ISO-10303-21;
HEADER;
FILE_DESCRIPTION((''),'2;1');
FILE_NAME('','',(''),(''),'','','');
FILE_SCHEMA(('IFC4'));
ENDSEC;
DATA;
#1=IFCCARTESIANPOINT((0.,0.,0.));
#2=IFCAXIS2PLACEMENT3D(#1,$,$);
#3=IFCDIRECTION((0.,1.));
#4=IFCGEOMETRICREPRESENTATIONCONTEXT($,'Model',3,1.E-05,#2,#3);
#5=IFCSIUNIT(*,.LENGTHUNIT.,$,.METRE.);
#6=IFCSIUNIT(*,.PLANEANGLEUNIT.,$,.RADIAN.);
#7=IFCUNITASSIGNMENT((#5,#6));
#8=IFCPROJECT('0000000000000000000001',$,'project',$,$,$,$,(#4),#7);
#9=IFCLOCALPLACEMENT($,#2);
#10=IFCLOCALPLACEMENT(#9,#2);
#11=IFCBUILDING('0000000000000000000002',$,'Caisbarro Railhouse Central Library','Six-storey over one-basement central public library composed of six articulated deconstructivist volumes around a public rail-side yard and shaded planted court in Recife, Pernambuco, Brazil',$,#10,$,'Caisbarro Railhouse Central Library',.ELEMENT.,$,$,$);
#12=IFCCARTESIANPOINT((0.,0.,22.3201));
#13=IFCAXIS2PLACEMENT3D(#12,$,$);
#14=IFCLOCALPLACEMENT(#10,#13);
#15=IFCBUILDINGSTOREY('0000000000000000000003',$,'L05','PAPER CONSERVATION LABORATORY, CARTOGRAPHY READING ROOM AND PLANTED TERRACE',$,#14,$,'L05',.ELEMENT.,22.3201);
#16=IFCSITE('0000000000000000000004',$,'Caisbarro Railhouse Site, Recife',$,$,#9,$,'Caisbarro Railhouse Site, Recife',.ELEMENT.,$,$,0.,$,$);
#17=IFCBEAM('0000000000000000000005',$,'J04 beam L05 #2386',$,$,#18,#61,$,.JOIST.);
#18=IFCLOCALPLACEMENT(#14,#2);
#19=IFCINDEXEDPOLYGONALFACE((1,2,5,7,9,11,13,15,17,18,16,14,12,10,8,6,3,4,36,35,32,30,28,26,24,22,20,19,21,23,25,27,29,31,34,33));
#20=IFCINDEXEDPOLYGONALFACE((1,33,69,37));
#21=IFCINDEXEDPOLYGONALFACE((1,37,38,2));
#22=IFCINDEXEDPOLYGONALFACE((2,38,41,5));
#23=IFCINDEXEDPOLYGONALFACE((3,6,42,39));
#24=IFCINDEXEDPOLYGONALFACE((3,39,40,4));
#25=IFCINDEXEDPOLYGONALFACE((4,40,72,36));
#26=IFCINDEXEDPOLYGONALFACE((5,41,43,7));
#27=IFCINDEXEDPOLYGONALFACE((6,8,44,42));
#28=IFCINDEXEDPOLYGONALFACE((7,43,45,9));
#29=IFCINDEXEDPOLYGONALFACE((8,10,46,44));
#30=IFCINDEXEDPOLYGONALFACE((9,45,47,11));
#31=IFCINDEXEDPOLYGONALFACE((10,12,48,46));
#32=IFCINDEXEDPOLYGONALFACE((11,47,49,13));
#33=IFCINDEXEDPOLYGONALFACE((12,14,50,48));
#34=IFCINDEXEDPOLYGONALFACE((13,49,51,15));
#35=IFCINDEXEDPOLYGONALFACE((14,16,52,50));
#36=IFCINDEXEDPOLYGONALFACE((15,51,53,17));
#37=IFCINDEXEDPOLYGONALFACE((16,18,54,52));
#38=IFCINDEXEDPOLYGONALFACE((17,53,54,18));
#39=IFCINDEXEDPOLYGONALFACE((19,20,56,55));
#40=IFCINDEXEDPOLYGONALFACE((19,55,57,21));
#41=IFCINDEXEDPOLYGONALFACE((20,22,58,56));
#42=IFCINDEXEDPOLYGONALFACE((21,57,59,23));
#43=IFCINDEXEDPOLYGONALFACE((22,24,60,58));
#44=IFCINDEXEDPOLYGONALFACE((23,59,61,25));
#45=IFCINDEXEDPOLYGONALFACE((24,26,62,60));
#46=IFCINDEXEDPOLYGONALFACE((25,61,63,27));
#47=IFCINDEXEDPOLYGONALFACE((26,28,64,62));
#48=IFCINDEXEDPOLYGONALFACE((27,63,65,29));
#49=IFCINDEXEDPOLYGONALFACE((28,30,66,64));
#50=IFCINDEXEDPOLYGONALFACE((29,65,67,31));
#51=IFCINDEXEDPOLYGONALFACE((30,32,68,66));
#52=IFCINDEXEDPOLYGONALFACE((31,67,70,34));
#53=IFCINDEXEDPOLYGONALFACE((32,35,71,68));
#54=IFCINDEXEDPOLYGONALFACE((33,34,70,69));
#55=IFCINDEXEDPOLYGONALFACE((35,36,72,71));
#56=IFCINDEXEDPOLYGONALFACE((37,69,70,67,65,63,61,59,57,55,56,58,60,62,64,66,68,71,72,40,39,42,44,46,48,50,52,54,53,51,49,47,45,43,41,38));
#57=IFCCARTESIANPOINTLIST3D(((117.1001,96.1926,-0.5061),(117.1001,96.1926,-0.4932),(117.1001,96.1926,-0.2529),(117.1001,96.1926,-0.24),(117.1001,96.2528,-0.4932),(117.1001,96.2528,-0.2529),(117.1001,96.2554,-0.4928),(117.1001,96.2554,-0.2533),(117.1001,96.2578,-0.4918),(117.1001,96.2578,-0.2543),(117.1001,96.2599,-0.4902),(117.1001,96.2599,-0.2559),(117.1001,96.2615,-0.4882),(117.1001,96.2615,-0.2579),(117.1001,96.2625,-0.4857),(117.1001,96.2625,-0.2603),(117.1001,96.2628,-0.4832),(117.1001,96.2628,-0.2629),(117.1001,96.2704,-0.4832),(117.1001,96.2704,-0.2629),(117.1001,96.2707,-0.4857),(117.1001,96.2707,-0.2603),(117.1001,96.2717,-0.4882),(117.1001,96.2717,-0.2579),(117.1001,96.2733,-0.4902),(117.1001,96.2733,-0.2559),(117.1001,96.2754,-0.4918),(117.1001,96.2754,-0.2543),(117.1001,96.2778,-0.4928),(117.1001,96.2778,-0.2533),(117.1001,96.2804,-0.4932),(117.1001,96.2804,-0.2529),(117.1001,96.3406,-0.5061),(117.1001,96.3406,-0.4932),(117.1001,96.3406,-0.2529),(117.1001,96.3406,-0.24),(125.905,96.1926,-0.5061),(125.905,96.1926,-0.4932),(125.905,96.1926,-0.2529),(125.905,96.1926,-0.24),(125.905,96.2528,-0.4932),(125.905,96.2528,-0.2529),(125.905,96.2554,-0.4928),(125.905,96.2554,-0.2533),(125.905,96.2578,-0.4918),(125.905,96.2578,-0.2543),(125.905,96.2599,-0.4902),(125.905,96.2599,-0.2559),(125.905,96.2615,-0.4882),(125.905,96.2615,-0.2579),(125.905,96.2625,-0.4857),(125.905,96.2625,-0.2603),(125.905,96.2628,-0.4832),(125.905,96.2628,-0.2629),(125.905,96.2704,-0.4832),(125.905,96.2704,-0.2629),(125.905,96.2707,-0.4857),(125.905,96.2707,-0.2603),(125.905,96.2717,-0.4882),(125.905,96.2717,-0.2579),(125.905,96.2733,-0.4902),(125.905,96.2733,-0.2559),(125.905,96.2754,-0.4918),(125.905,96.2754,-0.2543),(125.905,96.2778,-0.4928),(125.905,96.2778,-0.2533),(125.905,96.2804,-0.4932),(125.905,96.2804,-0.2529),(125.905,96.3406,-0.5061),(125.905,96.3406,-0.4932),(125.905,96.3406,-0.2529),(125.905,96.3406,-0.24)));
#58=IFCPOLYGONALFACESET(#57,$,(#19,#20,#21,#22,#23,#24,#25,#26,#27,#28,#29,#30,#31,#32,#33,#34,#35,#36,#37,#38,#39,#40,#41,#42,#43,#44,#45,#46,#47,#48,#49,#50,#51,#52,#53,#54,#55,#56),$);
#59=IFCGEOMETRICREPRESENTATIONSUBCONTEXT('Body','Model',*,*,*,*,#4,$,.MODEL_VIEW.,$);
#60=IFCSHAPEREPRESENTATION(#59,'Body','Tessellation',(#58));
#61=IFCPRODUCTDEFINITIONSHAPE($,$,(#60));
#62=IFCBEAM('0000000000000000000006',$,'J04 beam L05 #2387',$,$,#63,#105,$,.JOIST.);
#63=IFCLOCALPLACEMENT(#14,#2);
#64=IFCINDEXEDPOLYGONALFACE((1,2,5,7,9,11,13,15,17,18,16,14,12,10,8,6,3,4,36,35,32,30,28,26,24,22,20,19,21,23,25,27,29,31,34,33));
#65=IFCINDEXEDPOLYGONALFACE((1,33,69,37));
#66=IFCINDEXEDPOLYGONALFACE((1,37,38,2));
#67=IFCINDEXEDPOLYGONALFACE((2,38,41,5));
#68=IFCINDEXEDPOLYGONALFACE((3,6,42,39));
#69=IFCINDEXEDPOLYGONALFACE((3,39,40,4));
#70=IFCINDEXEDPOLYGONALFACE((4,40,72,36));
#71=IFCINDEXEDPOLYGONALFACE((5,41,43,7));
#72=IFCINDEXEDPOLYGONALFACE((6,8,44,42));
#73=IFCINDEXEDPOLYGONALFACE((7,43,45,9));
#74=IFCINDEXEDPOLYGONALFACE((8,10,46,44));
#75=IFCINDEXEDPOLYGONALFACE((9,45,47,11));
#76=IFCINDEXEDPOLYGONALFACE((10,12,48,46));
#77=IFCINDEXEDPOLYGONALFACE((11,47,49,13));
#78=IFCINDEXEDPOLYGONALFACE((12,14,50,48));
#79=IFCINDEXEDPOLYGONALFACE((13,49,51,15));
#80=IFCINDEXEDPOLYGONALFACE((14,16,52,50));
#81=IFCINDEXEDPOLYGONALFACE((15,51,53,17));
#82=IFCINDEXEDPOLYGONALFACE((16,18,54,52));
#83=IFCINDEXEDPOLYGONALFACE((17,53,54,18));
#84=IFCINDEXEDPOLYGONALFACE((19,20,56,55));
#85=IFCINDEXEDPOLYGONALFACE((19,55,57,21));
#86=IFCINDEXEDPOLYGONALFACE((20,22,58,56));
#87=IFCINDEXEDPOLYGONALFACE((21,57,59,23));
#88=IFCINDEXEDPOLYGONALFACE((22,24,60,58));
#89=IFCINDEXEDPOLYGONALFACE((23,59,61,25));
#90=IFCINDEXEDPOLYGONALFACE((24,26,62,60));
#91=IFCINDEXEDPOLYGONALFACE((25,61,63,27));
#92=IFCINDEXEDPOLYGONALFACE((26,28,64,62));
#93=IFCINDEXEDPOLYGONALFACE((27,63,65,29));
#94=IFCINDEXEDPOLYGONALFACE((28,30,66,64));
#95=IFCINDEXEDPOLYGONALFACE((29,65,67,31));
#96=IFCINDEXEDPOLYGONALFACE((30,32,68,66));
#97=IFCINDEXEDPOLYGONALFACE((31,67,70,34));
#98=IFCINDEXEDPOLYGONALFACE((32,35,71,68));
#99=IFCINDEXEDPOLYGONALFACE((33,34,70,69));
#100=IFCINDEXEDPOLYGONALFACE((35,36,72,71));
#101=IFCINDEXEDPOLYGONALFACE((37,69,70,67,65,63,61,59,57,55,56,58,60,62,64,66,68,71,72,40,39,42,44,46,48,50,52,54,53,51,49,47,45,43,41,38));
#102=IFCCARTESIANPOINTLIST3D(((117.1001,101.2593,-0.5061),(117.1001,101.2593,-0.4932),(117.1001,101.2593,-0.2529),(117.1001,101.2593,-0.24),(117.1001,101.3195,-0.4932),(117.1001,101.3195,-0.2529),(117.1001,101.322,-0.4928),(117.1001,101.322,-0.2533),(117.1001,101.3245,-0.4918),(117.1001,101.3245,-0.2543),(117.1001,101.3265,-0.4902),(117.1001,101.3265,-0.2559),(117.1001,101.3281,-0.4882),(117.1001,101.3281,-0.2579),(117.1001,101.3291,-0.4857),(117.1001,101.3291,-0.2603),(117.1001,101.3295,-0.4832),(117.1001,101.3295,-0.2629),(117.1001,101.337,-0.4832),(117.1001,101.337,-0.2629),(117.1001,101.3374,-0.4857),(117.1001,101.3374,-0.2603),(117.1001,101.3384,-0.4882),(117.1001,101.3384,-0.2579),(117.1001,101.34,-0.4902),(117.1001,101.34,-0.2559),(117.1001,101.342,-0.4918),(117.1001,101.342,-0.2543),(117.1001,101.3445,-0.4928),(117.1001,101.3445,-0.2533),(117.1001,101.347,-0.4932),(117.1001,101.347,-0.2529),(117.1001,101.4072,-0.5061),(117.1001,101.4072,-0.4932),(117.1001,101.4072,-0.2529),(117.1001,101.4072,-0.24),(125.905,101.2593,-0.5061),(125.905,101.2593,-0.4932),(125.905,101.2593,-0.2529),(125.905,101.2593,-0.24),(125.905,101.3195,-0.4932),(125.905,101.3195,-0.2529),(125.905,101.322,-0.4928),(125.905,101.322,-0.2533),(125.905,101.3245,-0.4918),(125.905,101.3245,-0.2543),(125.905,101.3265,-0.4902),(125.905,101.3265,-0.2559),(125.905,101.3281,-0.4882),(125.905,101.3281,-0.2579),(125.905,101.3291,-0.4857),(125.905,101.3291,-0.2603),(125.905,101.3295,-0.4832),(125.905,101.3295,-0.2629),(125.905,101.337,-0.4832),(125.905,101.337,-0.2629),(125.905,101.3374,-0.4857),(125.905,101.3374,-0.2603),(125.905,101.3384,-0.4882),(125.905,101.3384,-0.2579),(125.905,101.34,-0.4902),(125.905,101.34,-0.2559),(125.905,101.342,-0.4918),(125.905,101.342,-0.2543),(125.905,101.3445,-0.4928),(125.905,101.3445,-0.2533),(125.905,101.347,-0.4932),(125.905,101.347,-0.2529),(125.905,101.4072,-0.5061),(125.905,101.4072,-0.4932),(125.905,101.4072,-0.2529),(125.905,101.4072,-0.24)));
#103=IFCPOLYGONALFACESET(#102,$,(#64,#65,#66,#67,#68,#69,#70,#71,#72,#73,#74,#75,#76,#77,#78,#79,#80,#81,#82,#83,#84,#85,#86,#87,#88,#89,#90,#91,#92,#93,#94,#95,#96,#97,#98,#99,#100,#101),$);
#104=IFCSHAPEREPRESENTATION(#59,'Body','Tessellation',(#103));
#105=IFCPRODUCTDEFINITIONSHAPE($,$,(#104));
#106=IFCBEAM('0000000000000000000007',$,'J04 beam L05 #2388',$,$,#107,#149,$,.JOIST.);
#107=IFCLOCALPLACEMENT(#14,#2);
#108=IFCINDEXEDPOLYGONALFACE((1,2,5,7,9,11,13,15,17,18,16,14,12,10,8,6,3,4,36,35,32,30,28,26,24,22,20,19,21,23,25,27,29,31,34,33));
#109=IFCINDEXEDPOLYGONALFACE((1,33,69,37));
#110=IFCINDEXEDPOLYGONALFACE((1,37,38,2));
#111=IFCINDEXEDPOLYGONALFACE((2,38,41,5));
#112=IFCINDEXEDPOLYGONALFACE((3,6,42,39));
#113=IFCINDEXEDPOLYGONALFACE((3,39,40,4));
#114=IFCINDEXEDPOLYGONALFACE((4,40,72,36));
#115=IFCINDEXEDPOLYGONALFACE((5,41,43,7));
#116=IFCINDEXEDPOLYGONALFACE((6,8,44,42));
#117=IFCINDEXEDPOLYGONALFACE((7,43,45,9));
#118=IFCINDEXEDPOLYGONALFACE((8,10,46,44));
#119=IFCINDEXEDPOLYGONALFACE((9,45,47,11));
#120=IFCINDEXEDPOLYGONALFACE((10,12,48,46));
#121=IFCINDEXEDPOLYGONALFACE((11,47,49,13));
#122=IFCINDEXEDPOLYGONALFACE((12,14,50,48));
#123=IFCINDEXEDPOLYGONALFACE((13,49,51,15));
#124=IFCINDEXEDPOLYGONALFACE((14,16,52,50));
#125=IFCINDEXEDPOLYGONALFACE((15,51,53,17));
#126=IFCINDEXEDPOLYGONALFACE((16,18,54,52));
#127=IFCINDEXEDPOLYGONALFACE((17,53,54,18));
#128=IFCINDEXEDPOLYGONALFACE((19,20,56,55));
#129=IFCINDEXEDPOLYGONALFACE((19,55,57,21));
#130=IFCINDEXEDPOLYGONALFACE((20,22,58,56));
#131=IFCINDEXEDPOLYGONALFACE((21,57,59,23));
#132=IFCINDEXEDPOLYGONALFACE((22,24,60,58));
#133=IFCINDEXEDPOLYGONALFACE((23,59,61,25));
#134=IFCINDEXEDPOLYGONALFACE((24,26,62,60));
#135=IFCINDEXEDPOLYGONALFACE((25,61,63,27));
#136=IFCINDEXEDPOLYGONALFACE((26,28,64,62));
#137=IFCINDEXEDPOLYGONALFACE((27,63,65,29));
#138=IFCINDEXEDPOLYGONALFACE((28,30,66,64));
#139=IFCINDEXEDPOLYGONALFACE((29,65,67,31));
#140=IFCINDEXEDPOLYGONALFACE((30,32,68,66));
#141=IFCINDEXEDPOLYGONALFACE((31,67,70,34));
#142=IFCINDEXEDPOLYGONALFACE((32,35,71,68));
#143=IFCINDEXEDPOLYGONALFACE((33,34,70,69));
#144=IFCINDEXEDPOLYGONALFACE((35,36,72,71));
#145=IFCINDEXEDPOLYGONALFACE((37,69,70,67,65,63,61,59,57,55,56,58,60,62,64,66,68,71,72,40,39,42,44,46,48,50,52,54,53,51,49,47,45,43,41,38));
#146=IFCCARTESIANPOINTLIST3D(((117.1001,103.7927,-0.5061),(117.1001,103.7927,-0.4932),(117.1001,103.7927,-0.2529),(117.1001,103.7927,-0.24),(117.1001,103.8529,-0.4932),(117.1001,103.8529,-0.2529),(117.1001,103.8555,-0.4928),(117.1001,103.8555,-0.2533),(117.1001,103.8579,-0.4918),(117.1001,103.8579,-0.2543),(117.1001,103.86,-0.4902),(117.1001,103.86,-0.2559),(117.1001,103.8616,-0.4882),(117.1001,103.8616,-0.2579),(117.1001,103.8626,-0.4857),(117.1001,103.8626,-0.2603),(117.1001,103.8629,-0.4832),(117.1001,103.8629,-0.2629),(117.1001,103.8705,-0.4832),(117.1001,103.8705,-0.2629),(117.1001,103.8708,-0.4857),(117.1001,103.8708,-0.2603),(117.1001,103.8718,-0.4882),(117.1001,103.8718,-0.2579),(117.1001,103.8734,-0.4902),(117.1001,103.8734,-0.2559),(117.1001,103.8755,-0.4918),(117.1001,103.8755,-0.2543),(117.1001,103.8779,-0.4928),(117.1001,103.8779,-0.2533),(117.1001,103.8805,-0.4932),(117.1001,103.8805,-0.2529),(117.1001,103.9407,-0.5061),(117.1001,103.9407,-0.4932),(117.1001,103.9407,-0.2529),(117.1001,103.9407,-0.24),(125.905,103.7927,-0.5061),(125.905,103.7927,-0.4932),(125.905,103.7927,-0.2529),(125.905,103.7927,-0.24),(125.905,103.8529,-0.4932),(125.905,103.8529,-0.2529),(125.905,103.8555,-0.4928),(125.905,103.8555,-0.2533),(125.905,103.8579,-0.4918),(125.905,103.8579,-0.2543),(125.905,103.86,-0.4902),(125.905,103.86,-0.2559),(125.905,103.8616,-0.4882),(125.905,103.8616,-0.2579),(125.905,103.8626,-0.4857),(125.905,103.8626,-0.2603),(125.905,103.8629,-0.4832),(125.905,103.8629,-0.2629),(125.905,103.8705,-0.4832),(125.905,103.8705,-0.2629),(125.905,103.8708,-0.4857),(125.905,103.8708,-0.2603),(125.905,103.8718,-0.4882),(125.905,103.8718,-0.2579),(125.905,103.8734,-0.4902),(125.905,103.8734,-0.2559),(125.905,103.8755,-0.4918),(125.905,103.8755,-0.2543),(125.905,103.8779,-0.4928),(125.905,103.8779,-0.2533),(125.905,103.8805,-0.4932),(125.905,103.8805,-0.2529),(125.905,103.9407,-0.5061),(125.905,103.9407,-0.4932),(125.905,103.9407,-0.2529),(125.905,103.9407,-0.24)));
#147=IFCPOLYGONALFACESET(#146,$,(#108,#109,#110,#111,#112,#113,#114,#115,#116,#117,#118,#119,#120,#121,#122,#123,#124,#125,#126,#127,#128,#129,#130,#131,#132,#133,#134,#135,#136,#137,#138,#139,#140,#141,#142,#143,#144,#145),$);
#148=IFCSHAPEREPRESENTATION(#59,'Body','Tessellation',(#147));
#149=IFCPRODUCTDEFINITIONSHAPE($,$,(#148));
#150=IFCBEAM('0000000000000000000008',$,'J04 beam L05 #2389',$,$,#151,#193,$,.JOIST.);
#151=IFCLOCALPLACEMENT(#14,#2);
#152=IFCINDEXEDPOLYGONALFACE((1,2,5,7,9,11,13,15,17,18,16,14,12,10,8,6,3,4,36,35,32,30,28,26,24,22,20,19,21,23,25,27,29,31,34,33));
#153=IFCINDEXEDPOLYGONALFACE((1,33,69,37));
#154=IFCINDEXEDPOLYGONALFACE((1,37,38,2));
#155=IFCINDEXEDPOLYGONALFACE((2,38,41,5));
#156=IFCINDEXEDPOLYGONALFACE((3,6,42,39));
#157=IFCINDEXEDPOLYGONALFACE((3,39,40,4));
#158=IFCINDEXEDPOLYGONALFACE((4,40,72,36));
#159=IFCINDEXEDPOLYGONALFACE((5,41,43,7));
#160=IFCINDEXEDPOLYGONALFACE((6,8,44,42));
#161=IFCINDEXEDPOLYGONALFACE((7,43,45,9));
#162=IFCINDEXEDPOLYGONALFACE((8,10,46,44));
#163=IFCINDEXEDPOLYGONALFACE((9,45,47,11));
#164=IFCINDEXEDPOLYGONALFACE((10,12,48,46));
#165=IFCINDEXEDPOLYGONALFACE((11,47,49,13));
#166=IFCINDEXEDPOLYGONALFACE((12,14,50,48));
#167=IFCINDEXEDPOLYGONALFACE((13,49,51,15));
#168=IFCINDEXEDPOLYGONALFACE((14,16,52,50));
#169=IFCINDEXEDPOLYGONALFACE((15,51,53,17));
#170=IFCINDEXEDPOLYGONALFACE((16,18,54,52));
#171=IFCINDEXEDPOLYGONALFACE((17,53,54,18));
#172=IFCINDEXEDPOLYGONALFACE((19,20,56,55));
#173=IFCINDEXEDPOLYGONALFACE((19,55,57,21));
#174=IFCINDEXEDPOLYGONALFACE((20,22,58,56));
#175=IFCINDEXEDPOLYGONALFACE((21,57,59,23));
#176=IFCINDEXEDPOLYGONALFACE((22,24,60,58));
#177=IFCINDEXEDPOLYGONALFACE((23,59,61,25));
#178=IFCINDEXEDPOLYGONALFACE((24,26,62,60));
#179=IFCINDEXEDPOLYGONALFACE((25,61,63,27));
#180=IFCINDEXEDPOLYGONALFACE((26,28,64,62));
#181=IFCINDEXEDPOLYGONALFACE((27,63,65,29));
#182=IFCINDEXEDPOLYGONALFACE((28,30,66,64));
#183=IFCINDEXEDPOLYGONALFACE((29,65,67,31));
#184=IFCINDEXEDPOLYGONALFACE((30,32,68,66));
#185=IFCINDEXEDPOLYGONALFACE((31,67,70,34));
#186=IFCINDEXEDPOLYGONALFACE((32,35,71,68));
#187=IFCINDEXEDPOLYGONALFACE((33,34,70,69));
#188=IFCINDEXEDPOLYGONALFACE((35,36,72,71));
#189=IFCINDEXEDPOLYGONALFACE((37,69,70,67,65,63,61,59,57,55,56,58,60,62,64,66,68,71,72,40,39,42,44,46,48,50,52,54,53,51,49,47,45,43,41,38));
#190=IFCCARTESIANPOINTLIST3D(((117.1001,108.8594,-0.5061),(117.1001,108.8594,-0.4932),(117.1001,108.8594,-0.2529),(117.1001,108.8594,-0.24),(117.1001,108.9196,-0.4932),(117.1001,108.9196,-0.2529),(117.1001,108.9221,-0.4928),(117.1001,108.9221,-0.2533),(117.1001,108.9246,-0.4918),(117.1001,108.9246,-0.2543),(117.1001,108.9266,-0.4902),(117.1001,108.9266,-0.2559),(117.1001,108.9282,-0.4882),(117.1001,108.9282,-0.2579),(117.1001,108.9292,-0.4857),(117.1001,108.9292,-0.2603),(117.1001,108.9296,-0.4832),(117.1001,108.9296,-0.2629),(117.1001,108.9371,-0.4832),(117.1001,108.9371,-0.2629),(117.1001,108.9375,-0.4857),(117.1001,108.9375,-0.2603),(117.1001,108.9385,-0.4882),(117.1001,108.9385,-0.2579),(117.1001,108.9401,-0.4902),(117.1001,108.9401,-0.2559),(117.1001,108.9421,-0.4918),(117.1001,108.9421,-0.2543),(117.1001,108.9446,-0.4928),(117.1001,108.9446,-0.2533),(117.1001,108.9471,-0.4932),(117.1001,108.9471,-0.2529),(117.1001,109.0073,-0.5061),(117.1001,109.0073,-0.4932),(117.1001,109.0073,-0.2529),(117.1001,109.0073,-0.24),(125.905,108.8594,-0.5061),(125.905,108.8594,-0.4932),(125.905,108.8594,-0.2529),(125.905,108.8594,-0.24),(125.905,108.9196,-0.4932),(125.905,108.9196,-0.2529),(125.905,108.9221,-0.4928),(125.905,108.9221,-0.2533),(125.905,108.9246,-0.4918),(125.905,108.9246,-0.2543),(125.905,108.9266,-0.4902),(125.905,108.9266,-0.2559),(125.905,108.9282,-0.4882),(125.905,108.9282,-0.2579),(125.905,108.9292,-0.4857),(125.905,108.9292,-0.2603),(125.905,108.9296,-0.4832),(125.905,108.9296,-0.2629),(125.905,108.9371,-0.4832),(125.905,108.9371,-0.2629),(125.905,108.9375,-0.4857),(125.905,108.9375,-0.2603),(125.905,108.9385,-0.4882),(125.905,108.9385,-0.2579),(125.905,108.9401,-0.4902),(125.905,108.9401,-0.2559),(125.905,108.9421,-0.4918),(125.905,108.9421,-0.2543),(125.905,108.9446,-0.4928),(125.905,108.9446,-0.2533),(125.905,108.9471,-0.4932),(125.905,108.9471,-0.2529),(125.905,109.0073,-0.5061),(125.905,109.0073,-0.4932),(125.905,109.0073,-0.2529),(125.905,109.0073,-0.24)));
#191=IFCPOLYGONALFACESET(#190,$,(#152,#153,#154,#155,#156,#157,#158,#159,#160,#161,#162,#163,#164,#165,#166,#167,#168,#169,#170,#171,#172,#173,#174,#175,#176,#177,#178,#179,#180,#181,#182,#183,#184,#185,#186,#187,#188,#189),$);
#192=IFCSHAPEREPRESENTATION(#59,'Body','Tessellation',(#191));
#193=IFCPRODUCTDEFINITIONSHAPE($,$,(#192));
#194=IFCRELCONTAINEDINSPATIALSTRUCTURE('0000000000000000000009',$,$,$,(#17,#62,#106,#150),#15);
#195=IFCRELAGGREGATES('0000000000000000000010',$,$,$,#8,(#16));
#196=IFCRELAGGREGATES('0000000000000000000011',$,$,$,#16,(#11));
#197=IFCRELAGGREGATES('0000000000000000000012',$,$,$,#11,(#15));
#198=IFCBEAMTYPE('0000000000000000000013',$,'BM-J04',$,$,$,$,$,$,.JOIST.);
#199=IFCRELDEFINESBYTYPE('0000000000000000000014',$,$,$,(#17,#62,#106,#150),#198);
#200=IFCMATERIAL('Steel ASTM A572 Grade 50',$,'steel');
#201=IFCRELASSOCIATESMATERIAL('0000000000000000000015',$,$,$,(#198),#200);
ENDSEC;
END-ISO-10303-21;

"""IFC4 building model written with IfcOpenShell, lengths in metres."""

from ifc_helpers import new_model, si_unit, direction, frame, origin, origin_2d, place, context, subcontext, project, spatial, i_section, extrude, material, material_profile, profile_set, type_object, element, save


model = new_model("IFC4")

# Units and contexts
model_context = context("Model", 3, precision=1e-05, world=origin(), true_north=direction((0.0, 1.0)))
body_context = subcontext(model_context, "Body", "Model", "MODEL_VIEW")
ifc_project = project(units=[si_unit("LENGTHUNIT", "METRE"), si_unit("PLANEANGLEUNIT", "RADIAN")], contexts=[model_context])

# Site, building, storey
site_placement = place(None, origin())
site = spatial("IfcSite", under=ifc_project, at=site_placement, Name="Caisbarro Railhouse Site, Recife", LongName="Caisbarro Railhouse Site, Recife", CompositionType="ELEMENT", RefElevation=0.0)
building_placement = place(site_placement, origin())
building = spatial("IfcBuilding", under=site, at=building_placement, Name="Caisbarro Railhouse Central Library", Description="Six-storey over one-basement central public library composed of six articulated deconstructivist volumes around a public rail-side yard and shaded planted court in Recife, Pernambuco, Brazil", LongName="Caisbarro Railhouse Central Library", CompositionType="ELEMENT")
storey_placement = place(building_placement, frame((0.0, 0.0, 22.3201)))
storey = spatial("IfcBuildingStorey", under=building, at=storey_placement, Name="L05", Description="PAPER CONSERVATION LABORATORY, CARTOGRAPHY READING ROOM AND PLANTED TERRACE", LongName="L05", CompositionType="ELEMENT", Elevation=22.3201)

# Beams
ifc_material_1 = material(Name="Steel ASTM A572 Grade 50", Category="steel")
ifc_material_profile_1 = material_profile(ifc_material_1, i_section(OverallWidth=0.1479, OverallDepth=0.2661, WebThickness=0.0076, FlangeThickness=0.0129, FilletRadius=0.01, at=origin_2d()), Name="W250X44.8")
ifc_profile_set_1 = profile_set([ifc_material_profile_1], Name="Steel ASTM A572 Grade 50")
beam_type_1 = type_object("IfcBeamType", Name="BM-J04", PredefinedType="JOIST", material=ifc_profile_set_1)
for number, where, z_axis, x_axis, name in (
    (1, (117.1001, 96.2666, -0.373), (1.0, 0.0, 0.0), (0.0, 1.0, 0.0), "J04 beam L05 #2386"),
    (2, (117.1001, 101.3333, -0.373), (1.0, 0.0, 0.0), (0.0, 1.0, 0.0), "J04 beam L05 #2387"),
    (3, (117.1001, 103.8667, -0.373), (1.0, 0.0, 0.0), (0.0, 1.0, 0.0), "J04 beam L05 #2388"),
    (4, (117.1001, 108.9333, -0.373), (1.0, 0.0, 0.0), (0.0, 1.0, 0.0), "J04 beam L05 #2389"),
):
    element("IfcBeam", number, at=place(storey_placement, frame(where, z_axis=z_axis, x_axis=x_axis)), inside=storey, type_object=beam_type_1, Name=name, PredefinedType="JOIST", context=body_context, shape_type="SweptSolid", body=[
        extrude(i_section(OverallWidth=0.1479, OverallDepth=0.2661, WebThickness=0.0076, FlangeThickness=0.0129, FilletRadius=0.01, at=origin_2d()), origin(), (0.0, 0.0, 1.0), 8.8049),
    ])

save(model, "model.ifc")
